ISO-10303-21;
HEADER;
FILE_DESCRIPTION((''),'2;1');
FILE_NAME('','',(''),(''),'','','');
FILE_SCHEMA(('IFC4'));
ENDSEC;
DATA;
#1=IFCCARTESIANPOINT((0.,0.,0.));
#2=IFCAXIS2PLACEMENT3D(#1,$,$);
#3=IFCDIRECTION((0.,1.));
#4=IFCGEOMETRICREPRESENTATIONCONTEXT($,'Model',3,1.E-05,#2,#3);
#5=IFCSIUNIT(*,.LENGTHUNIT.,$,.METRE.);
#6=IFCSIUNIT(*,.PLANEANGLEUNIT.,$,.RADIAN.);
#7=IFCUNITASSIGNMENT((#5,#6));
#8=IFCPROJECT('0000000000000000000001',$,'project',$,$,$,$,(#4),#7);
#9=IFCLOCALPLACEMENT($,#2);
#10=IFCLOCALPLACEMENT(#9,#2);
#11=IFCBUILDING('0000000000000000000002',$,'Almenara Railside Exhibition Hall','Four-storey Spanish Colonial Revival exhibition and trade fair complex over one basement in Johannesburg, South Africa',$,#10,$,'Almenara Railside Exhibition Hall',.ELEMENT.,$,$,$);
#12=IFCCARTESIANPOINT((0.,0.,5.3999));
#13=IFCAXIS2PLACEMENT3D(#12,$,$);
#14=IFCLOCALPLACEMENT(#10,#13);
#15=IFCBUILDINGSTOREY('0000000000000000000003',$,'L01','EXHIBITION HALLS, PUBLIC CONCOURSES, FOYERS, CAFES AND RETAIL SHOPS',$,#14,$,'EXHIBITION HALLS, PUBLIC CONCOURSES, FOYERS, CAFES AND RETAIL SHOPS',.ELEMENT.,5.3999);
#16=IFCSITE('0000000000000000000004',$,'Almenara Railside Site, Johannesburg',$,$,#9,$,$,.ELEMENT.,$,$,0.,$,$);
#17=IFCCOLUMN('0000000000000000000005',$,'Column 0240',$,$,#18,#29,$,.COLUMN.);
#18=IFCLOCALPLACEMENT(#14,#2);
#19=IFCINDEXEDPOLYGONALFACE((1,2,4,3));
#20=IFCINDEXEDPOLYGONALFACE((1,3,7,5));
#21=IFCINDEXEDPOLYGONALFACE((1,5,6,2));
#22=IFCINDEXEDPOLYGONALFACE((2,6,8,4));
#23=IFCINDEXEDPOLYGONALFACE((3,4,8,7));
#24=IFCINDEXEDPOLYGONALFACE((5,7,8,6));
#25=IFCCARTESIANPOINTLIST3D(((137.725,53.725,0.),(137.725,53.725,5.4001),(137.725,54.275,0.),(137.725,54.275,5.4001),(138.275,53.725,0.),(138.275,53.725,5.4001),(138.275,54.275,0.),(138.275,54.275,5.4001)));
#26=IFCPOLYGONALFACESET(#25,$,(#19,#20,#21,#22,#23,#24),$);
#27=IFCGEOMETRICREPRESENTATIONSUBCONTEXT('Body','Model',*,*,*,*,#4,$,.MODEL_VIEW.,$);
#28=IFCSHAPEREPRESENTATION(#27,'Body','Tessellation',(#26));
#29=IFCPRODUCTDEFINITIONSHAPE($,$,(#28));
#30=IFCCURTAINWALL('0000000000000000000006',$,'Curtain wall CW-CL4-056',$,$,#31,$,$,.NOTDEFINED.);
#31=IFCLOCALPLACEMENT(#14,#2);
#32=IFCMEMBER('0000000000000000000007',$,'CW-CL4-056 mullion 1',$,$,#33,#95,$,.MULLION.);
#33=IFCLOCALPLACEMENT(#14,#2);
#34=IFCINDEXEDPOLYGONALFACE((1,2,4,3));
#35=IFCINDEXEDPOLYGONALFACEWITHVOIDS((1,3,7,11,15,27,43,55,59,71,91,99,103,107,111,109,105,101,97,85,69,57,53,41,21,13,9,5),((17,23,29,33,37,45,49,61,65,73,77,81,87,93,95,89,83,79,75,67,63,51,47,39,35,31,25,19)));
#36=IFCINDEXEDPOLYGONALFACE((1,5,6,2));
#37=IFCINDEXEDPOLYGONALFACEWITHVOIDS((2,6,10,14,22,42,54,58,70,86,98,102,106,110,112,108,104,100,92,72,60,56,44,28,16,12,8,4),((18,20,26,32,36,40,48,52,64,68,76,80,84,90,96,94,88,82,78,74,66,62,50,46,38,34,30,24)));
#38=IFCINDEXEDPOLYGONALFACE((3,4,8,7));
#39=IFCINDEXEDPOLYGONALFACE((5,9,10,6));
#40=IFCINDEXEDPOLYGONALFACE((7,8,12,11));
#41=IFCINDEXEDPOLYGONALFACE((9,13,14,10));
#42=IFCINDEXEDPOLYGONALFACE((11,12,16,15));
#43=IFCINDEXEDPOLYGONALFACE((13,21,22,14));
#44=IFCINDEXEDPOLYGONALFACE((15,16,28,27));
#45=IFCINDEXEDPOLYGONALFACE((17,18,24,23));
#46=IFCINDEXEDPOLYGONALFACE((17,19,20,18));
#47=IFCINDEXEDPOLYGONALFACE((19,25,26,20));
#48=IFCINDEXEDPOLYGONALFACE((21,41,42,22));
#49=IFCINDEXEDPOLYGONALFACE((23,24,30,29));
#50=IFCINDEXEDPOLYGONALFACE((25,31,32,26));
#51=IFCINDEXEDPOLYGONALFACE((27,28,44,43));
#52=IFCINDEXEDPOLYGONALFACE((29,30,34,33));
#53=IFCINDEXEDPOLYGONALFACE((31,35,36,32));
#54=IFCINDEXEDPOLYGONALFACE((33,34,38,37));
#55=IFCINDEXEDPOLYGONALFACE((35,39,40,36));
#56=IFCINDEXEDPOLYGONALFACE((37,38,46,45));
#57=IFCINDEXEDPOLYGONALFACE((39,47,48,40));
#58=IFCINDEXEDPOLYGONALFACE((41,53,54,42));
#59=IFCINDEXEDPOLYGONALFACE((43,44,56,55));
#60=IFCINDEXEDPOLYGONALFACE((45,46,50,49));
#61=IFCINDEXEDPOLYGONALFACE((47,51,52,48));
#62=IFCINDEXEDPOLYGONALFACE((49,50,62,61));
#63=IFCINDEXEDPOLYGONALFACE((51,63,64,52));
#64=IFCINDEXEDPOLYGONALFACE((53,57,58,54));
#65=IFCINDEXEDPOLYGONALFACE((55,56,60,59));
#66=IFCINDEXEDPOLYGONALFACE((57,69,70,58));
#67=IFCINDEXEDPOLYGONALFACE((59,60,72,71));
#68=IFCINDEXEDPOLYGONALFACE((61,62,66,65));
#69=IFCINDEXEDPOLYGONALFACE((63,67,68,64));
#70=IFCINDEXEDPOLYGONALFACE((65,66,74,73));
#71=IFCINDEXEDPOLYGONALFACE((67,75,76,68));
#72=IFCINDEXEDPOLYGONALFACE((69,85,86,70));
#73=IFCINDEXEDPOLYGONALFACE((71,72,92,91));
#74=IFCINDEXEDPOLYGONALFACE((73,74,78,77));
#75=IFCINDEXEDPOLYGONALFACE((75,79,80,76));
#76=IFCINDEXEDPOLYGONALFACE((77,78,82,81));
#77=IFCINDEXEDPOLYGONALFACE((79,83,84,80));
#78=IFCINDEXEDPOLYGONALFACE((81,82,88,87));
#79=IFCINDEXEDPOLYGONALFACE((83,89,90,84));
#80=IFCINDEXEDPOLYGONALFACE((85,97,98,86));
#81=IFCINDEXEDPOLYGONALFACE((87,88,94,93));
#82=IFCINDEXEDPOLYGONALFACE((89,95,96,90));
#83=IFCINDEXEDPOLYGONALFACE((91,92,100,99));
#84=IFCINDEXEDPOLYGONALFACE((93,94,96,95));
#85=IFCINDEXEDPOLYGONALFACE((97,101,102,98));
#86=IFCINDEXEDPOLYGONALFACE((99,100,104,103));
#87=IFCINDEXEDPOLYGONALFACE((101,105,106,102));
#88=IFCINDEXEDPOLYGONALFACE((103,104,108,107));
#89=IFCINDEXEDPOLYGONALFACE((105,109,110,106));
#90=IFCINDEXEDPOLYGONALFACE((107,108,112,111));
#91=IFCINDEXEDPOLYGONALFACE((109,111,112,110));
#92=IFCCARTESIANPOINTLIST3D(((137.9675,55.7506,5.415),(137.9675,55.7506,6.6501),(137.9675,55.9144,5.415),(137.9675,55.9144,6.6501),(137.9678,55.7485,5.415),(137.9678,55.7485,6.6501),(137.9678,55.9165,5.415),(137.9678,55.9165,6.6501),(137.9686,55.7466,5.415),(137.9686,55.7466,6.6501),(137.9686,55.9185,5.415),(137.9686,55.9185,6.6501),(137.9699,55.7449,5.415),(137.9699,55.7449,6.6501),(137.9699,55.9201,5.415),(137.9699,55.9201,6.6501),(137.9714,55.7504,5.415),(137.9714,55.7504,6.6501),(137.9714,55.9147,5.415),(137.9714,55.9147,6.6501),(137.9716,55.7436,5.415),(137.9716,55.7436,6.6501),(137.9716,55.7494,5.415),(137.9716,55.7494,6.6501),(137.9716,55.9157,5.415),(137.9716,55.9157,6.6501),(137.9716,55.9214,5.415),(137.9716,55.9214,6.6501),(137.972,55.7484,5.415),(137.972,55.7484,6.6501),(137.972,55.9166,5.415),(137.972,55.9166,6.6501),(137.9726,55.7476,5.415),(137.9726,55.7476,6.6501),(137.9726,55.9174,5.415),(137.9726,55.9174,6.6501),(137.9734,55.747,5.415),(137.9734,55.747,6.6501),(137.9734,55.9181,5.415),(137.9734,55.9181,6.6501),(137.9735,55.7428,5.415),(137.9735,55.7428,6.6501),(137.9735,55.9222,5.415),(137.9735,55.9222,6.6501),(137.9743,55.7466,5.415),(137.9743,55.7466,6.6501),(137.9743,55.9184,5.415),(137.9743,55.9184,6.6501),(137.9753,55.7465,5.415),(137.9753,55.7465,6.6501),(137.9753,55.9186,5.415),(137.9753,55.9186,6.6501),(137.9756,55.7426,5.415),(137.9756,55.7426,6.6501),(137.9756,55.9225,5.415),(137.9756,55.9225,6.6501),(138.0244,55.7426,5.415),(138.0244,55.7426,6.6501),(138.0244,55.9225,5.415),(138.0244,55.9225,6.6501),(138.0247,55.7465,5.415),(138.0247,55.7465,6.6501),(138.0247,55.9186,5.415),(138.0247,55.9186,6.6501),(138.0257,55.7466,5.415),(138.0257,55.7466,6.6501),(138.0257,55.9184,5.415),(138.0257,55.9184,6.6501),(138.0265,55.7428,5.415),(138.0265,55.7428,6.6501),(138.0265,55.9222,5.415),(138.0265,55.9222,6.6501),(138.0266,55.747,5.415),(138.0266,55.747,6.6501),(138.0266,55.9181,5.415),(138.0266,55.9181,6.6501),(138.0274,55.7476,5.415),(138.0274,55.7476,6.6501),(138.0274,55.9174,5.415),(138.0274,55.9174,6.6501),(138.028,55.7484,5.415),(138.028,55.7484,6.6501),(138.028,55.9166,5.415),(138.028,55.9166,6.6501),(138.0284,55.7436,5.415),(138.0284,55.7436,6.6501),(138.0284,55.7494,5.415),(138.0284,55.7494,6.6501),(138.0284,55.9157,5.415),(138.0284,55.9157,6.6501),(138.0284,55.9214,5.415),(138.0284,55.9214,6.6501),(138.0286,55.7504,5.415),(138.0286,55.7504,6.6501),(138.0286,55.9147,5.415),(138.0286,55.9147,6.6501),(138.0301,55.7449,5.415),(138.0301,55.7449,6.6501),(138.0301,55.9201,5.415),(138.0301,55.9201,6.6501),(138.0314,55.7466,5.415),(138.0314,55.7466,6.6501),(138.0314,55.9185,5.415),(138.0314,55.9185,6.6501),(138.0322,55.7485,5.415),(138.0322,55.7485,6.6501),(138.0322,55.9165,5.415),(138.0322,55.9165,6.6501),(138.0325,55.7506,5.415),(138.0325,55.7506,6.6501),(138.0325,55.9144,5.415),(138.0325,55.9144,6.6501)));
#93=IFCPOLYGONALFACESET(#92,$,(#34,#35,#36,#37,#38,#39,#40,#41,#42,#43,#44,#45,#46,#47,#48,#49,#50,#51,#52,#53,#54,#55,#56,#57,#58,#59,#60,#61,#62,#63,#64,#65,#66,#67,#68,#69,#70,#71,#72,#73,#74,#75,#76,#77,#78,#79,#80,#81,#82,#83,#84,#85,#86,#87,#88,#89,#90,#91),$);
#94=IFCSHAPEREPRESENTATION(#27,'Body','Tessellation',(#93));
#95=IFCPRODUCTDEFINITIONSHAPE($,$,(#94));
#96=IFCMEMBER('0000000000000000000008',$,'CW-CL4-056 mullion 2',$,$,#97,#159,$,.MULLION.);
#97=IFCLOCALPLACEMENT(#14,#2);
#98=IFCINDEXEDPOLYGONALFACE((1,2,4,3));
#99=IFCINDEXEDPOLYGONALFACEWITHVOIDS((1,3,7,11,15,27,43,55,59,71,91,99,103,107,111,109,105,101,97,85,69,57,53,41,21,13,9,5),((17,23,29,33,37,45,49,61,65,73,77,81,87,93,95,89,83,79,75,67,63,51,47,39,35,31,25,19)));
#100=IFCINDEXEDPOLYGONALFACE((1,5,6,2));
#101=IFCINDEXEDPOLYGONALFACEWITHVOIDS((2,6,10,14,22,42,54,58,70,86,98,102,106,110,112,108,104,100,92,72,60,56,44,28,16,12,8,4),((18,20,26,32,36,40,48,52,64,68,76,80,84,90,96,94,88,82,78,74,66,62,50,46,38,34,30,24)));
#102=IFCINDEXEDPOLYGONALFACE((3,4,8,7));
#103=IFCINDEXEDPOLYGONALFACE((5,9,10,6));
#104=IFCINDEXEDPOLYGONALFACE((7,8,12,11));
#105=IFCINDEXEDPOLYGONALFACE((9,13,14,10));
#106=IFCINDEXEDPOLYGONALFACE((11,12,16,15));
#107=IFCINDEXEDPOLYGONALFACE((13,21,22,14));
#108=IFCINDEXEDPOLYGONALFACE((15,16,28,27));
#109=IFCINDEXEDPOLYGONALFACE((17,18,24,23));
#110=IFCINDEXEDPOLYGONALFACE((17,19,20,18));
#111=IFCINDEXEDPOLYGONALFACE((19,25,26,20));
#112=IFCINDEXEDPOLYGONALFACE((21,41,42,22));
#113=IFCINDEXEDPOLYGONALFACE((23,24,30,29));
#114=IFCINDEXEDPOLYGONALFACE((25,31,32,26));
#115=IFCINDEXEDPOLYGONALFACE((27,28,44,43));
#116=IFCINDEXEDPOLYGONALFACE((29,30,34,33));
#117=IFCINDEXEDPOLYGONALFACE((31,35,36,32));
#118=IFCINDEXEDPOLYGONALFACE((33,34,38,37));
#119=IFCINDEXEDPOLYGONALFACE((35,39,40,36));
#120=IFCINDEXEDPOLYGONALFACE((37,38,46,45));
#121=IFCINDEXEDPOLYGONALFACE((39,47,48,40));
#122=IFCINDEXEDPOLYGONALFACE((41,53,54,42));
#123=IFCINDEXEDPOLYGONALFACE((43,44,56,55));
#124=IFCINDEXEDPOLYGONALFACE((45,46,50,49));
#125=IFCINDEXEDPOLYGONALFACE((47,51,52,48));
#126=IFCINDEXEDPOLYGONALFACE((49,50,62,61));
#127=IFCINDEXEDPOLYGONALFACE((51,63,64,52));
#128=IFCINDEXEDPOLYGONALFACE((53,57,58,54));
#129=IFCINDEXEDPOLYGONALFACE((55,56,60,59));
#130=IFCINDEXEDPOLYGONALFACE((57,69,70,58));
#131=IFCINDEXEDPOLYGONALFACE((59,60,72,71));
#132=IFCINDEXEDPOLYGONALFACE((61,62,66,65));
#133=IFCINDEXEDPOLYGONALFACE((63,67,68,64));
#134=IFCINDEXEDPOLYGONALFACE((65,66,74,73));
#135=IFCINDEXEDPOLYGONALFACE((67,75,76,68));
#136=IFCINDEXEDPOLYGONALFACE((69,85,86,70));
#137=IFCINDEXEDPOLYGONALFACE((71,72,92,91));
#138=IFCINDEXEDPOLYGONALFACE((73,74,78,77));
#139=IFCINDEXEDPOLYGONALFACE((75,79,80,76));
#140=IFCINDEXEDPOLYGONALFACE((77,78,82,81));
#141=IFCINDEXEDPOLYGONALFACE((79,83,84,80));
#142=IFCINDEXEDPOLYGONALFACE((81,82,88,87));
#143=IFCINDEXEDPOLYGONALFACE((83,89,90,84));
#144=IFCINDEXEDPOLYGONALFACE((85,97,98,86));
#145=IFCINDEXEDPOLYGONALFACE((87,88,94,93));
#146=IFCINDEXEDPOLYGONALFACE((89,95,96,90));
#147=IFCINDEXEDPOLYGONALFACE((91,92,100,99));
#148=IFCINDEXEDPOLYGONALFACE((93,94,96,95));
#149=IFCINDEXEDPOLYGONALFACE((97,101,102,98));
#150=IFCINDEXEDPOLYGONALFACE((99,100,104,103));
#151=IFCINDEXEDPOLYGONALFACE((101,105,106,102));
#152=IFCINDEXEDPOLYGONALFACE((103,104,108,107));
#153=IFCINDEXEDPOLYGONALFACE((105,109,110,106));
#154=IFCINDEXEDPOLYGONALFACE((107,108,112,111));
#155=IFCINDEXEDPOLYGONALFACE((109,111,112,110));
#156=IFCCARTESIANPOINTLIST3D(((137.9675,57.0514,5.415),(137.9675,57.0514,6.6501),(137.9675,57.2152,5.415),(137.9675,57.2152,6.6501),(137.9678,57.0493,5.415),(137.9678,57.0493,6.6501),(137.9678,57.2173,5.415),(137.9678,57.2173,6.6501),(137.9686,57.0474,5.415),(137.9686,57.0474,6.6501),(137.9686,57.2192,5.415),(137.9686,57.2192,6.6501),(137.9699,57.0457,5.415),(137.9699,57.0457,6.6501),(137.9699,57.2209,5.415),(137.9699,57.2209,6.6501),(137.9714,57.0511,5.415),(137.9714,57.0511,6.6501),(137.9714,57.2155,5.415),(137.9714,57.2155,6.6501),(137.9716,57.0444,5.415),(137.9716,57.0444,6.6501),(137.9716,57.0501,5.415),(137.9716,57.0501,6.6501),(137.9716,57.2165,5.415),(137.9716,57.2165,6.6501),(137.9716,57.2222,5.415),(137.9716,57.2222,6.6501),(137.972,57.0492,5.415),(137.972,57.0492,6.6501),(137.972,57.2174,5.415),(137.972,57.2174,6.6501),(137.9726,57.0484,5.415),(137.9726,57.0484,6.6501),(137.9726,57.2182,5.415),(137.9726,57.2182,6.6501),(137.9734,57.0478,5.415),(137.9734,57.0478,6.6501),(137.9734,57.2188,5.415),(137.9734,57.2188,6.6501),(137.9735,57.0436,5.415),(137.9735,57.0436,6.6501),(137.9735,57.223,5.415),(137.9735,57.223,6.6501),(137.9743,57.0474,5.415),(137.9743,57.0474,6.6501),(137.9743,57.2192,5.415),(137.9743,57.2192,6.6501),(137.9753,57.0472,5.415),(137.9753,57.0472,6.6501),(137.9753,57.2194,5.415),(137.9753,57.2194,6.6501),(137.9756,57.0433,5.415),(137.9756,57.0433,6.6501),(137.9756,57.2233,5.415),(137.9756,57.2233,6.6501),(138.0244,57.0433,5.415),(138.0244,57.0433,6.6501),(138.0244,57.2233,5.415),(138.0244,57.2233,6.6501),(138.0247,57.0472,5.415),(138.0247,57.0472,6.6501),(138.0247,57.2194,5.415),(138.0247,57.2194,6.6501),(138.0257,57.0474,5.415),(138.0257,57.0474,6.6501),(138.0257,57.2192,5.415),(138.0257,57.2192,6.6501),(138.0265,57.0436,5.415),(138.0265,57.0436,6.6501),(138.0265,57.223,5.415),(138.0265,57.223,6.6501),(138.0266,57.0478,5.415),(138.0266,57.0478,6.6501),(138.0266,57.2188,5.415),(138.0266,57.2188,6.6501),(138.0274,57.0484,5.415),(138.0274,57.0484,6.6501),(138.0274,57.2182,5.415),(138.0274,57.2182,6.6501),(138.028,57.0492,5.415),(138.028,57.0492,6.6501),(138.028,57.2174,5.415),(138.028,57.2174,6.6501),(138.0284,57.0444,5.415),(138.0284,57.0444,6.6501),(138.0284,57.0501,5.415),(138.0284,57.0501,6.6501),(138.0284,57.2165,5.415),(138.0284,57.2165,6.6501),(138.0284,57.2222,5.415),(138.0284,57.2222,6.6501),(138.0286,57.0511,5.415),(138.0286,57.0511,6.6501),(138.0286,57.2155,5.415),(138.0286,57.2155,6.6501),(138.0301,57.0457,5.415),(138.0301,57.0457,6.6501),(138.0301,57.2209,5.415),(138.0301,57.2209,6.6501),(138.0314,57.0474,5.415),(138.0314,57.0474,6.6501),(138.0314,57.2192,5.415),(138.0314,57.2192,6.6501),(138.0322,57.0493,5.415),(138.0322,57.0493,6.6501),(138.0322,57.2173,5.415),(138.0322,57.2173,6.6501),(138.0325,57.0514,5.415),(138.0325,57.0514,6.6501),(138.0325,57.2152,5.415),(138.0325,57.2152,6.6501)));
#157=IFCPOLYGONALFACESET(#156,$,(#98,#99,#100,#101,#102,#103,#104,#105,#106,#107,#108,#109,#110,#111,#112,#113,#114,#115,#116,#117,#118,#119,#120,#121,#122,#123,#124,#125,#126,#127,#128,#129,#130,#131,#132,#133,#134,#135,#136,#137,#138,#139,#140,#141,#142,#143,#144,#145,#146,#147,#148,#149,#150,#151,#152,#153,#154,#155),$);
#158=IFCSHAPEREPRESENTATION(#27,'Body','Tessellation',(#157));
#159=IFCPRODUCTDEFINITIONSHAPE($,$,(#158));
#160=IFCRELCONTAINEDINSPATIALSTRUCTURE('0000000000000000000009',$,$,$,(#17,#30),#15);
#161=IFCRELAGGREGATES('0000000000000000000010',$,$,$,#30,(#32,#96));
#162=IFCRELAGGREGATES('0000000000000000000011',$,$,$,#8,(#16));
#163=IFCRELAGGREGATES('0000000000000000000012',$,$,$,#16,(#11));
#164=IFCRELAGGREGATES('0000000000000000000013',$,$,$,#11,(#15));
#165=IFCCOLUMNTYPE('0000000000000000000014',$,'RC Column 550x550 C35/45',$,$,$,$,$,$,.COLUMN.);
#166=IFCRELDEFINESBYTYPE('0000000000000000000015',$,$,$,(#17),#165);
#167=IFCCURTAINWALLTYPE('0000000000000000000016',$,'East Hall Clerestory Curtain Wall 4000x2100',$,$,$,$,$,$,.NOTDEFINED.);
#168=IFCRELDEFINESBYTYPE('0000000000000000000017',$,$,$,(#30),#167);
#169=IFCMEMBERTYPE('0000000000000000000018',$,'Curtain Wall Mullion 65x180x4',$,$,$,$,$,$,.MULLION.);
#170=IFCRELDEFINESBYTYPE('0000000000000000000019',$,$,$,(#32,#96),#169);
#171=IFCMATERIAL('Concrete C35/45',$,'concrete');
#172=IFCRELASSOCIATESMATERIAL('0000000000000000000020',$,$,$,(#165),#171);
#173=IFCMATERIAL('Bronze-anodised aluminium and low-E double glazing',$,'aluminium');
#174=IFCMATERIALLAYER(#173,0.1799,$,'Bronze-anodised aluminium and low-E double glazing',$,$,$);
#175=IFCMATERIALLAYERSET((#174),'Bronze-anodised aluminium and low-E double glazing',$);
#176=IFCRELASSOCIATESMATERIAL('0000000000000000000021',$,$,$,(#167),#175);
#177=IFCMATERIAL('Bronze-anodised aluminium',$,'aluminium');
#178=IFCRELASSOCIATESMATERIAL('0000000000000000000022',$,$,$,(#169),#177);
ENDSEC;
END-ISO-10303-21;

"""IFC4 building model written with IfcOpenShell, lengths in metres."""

from ifc_helpers import new_model, si_unit, direction, frame, origin, origin_2d, place, context, subcontext, project, spatial, rectangle, hollow_rectangle, extrude, material, layer, layer_set, material_profile, profile_set, type_object, element, aggregate, save


model = new_model("IFC4")

# Units and contexts
model_context = context("Model", 3, precision=1e-05, world=origin(), true_north=direction((0.0, 1.0)))
body_context = subcontext(model_context, "Body", "Model", "MODEL_VIEW")
ifc_project = project(units=[si_unit("LENGTHUNIT", "METRE"), si_unit("PLANEANGLEUNIT", "RADIAN")], contexts=[model_context])

# Site, building, storey
site_placement = place(None, origin())
site = spatial("IfcSite", under=ifc_project, at=site_placement, Name="Almenara Railside Site, Johannesburg", CompositionType="ELEMENT", RefElevation=0.0)
building_placement = place(site_placement, origin())
building = spatial("IfcBuilding", under=site, at=building_placement, Name="Almenara Railside Exhibition Hall", Description="Four-storey Spanish Colonial Revival exhibition and trade fair complex over one basement in Johannesburg, South Africa", LongName="Almenara Railside Exhibition Hall", CompositionType="ELEMENT")
storey_placement = place(building_placement, frame((0.0, 0.0, 5.3999)))
storey = spatial("IfcBuildingStorey", under=building, at=storey_placement, Name="L01", Description="EXHIBITION HALLS, PUBLIC CONCOURSES, FOYERS, CAFES AND RETAIL SHOPS", LongName="EXHIBITION HALLS, PUBLIC CONCOURSES, FOYERS, CAFES AND RETAIL SHOPS", CompositionType="ELEMENT", Elevation=5.3999)

# Column
ifc_material_1 = material(Name="Concrete C35/45", Category="concrete")
ifc_material_profile_1 = material_profile(ifc_material_1, rectangle(XDim=0.55, YDim=0.55, at=origin_2d()), Name="RC 550x550")
ifc_profile_set_1 = profile_set([ifc_material_profile_1], Name="Concrete C35/45")
column_type = type_object("IfcColumnType", Name="RC Column 550x550 C35/45", PredefinedType="COLUMN", material=ifc_profile_set_1)
column_placement = place(storey_placement, frame((138.0, 54.0, 0.0), z_axis=(0.0, 0.0, 1.0), x_axis=(1.0, 0.0, 0.0)))
element("IfcColumn", 1, at=column_placement, inside=storey, type_object=column_type, Name="Column 0240", PredefinedType="COLUMN", context=body_context, shape_type="SweptSolid", body=[
    extrude(rectangle(XDim=0.55, YDim=0.55, at=origin_2d()), origin(), (0.0, 0.0, 1.0), 5.4001),
])

# Curtain wall, members
ifc_material_2 = material(Name="Bronze-anodised aluminium and low-E double glazing", Category="aluminium")
ifc_layer_1 = layer(ifc_material_2, 0.1799, Name="Bronze-anodised aluminium and low-E double glazing")
ifc_layer_set_1 = layer_set([ifc_layer_1], Name="Bronze-anodised aluminium and low-E double glazing")
curtain_wall_type = type_object("IfcCurtainWallType", Name="East Hall Clerestory Curtain Wall 4000x2100", PredefinedType="NOTDEFINED", material=ifc_layer_set_1)
curtain_wall_1_placement = place(storey_placement, origin())
curtain_wall_1 = element("IfcCurtainWall", 2, at=curtain_wall_1_placement, inside=storey, type_object=curtain_wall_type, Name="Curtain wall CW-CL4-056", PredefinedType="NOTDEFINED")
ifc_material_3 = material(Name="Bronze-anodised aluminium", Category="aluminium")
ifc_material_profile_2 = material_profile(ifc_material_3, hollow_rectangle(XDim=0.0649, YDim=0.1799, WallThickness=0.0039, InnerFilletRadius=0.0039, OuterFilletRadius=0.0081, at=origin_2d()), Name="ALU-MUL 65x180x4")
ifc_profile_set_2 = profile_set([ifc_material_profile_2], Name="Bronze-anodised aluminium")
member_type_1 = type_object("IfcMemberType", Name="Curtain Wall Mullion 65x180x4", PredefinedType="MULLION", material=ifc_profile_set_2)
member_1_placement = place(storey_placement, frame((138.0, 55.8325, 5.415), z_axis=(0.0, 0.0, 1.0), x_axis=(-1.0, 0.0, 0.0)))
member_1 = element("IfcMember", 3, at=member_1_placement, type_object=member_type_1, Name="CW-CL4-056 mullion 1", PredefinedType="MULLION", context=body_context, shape_type="SweptSolid", body=[
    extrude(hollow_rectangle(XDim=0.0649, YDim=0.1799, WallThickness=0.0039, InnerFilletRadius=0.0039, OuterFilletRadius=0.0081, at=origin_2d()), origin(), (0.0, 0.0, 1.0), 1.2351),
])
member_2_placement = place(storey_placement, frame((138.0, 57.1333, 5.415), z_axis=(0.0, 0.0, 1.0), x_axis=(-1.0, 0.0, 0.0)))
member_2 = element("IfcMember", 4, at=member_2_placement, type_object=member_type_1, Name="CW-CL4-056 mullion 2", PredefinedType="MULLION", context=body_context, shape_type="SweptSolid", body=[
    extrude(hollow_rectangle(XDim=0.0649, YDim=0.1799, WallThickness=0.0039, InnerFilletRadius=0.0039, OuterFilletRadius=0.0081, at=origin_2d()), origin(), (0.0, 0.0, 1.0), 1.2351),
])

aggregate(curtain_wall_1, [member_1, member_2])

save(model, "model.ifc")
